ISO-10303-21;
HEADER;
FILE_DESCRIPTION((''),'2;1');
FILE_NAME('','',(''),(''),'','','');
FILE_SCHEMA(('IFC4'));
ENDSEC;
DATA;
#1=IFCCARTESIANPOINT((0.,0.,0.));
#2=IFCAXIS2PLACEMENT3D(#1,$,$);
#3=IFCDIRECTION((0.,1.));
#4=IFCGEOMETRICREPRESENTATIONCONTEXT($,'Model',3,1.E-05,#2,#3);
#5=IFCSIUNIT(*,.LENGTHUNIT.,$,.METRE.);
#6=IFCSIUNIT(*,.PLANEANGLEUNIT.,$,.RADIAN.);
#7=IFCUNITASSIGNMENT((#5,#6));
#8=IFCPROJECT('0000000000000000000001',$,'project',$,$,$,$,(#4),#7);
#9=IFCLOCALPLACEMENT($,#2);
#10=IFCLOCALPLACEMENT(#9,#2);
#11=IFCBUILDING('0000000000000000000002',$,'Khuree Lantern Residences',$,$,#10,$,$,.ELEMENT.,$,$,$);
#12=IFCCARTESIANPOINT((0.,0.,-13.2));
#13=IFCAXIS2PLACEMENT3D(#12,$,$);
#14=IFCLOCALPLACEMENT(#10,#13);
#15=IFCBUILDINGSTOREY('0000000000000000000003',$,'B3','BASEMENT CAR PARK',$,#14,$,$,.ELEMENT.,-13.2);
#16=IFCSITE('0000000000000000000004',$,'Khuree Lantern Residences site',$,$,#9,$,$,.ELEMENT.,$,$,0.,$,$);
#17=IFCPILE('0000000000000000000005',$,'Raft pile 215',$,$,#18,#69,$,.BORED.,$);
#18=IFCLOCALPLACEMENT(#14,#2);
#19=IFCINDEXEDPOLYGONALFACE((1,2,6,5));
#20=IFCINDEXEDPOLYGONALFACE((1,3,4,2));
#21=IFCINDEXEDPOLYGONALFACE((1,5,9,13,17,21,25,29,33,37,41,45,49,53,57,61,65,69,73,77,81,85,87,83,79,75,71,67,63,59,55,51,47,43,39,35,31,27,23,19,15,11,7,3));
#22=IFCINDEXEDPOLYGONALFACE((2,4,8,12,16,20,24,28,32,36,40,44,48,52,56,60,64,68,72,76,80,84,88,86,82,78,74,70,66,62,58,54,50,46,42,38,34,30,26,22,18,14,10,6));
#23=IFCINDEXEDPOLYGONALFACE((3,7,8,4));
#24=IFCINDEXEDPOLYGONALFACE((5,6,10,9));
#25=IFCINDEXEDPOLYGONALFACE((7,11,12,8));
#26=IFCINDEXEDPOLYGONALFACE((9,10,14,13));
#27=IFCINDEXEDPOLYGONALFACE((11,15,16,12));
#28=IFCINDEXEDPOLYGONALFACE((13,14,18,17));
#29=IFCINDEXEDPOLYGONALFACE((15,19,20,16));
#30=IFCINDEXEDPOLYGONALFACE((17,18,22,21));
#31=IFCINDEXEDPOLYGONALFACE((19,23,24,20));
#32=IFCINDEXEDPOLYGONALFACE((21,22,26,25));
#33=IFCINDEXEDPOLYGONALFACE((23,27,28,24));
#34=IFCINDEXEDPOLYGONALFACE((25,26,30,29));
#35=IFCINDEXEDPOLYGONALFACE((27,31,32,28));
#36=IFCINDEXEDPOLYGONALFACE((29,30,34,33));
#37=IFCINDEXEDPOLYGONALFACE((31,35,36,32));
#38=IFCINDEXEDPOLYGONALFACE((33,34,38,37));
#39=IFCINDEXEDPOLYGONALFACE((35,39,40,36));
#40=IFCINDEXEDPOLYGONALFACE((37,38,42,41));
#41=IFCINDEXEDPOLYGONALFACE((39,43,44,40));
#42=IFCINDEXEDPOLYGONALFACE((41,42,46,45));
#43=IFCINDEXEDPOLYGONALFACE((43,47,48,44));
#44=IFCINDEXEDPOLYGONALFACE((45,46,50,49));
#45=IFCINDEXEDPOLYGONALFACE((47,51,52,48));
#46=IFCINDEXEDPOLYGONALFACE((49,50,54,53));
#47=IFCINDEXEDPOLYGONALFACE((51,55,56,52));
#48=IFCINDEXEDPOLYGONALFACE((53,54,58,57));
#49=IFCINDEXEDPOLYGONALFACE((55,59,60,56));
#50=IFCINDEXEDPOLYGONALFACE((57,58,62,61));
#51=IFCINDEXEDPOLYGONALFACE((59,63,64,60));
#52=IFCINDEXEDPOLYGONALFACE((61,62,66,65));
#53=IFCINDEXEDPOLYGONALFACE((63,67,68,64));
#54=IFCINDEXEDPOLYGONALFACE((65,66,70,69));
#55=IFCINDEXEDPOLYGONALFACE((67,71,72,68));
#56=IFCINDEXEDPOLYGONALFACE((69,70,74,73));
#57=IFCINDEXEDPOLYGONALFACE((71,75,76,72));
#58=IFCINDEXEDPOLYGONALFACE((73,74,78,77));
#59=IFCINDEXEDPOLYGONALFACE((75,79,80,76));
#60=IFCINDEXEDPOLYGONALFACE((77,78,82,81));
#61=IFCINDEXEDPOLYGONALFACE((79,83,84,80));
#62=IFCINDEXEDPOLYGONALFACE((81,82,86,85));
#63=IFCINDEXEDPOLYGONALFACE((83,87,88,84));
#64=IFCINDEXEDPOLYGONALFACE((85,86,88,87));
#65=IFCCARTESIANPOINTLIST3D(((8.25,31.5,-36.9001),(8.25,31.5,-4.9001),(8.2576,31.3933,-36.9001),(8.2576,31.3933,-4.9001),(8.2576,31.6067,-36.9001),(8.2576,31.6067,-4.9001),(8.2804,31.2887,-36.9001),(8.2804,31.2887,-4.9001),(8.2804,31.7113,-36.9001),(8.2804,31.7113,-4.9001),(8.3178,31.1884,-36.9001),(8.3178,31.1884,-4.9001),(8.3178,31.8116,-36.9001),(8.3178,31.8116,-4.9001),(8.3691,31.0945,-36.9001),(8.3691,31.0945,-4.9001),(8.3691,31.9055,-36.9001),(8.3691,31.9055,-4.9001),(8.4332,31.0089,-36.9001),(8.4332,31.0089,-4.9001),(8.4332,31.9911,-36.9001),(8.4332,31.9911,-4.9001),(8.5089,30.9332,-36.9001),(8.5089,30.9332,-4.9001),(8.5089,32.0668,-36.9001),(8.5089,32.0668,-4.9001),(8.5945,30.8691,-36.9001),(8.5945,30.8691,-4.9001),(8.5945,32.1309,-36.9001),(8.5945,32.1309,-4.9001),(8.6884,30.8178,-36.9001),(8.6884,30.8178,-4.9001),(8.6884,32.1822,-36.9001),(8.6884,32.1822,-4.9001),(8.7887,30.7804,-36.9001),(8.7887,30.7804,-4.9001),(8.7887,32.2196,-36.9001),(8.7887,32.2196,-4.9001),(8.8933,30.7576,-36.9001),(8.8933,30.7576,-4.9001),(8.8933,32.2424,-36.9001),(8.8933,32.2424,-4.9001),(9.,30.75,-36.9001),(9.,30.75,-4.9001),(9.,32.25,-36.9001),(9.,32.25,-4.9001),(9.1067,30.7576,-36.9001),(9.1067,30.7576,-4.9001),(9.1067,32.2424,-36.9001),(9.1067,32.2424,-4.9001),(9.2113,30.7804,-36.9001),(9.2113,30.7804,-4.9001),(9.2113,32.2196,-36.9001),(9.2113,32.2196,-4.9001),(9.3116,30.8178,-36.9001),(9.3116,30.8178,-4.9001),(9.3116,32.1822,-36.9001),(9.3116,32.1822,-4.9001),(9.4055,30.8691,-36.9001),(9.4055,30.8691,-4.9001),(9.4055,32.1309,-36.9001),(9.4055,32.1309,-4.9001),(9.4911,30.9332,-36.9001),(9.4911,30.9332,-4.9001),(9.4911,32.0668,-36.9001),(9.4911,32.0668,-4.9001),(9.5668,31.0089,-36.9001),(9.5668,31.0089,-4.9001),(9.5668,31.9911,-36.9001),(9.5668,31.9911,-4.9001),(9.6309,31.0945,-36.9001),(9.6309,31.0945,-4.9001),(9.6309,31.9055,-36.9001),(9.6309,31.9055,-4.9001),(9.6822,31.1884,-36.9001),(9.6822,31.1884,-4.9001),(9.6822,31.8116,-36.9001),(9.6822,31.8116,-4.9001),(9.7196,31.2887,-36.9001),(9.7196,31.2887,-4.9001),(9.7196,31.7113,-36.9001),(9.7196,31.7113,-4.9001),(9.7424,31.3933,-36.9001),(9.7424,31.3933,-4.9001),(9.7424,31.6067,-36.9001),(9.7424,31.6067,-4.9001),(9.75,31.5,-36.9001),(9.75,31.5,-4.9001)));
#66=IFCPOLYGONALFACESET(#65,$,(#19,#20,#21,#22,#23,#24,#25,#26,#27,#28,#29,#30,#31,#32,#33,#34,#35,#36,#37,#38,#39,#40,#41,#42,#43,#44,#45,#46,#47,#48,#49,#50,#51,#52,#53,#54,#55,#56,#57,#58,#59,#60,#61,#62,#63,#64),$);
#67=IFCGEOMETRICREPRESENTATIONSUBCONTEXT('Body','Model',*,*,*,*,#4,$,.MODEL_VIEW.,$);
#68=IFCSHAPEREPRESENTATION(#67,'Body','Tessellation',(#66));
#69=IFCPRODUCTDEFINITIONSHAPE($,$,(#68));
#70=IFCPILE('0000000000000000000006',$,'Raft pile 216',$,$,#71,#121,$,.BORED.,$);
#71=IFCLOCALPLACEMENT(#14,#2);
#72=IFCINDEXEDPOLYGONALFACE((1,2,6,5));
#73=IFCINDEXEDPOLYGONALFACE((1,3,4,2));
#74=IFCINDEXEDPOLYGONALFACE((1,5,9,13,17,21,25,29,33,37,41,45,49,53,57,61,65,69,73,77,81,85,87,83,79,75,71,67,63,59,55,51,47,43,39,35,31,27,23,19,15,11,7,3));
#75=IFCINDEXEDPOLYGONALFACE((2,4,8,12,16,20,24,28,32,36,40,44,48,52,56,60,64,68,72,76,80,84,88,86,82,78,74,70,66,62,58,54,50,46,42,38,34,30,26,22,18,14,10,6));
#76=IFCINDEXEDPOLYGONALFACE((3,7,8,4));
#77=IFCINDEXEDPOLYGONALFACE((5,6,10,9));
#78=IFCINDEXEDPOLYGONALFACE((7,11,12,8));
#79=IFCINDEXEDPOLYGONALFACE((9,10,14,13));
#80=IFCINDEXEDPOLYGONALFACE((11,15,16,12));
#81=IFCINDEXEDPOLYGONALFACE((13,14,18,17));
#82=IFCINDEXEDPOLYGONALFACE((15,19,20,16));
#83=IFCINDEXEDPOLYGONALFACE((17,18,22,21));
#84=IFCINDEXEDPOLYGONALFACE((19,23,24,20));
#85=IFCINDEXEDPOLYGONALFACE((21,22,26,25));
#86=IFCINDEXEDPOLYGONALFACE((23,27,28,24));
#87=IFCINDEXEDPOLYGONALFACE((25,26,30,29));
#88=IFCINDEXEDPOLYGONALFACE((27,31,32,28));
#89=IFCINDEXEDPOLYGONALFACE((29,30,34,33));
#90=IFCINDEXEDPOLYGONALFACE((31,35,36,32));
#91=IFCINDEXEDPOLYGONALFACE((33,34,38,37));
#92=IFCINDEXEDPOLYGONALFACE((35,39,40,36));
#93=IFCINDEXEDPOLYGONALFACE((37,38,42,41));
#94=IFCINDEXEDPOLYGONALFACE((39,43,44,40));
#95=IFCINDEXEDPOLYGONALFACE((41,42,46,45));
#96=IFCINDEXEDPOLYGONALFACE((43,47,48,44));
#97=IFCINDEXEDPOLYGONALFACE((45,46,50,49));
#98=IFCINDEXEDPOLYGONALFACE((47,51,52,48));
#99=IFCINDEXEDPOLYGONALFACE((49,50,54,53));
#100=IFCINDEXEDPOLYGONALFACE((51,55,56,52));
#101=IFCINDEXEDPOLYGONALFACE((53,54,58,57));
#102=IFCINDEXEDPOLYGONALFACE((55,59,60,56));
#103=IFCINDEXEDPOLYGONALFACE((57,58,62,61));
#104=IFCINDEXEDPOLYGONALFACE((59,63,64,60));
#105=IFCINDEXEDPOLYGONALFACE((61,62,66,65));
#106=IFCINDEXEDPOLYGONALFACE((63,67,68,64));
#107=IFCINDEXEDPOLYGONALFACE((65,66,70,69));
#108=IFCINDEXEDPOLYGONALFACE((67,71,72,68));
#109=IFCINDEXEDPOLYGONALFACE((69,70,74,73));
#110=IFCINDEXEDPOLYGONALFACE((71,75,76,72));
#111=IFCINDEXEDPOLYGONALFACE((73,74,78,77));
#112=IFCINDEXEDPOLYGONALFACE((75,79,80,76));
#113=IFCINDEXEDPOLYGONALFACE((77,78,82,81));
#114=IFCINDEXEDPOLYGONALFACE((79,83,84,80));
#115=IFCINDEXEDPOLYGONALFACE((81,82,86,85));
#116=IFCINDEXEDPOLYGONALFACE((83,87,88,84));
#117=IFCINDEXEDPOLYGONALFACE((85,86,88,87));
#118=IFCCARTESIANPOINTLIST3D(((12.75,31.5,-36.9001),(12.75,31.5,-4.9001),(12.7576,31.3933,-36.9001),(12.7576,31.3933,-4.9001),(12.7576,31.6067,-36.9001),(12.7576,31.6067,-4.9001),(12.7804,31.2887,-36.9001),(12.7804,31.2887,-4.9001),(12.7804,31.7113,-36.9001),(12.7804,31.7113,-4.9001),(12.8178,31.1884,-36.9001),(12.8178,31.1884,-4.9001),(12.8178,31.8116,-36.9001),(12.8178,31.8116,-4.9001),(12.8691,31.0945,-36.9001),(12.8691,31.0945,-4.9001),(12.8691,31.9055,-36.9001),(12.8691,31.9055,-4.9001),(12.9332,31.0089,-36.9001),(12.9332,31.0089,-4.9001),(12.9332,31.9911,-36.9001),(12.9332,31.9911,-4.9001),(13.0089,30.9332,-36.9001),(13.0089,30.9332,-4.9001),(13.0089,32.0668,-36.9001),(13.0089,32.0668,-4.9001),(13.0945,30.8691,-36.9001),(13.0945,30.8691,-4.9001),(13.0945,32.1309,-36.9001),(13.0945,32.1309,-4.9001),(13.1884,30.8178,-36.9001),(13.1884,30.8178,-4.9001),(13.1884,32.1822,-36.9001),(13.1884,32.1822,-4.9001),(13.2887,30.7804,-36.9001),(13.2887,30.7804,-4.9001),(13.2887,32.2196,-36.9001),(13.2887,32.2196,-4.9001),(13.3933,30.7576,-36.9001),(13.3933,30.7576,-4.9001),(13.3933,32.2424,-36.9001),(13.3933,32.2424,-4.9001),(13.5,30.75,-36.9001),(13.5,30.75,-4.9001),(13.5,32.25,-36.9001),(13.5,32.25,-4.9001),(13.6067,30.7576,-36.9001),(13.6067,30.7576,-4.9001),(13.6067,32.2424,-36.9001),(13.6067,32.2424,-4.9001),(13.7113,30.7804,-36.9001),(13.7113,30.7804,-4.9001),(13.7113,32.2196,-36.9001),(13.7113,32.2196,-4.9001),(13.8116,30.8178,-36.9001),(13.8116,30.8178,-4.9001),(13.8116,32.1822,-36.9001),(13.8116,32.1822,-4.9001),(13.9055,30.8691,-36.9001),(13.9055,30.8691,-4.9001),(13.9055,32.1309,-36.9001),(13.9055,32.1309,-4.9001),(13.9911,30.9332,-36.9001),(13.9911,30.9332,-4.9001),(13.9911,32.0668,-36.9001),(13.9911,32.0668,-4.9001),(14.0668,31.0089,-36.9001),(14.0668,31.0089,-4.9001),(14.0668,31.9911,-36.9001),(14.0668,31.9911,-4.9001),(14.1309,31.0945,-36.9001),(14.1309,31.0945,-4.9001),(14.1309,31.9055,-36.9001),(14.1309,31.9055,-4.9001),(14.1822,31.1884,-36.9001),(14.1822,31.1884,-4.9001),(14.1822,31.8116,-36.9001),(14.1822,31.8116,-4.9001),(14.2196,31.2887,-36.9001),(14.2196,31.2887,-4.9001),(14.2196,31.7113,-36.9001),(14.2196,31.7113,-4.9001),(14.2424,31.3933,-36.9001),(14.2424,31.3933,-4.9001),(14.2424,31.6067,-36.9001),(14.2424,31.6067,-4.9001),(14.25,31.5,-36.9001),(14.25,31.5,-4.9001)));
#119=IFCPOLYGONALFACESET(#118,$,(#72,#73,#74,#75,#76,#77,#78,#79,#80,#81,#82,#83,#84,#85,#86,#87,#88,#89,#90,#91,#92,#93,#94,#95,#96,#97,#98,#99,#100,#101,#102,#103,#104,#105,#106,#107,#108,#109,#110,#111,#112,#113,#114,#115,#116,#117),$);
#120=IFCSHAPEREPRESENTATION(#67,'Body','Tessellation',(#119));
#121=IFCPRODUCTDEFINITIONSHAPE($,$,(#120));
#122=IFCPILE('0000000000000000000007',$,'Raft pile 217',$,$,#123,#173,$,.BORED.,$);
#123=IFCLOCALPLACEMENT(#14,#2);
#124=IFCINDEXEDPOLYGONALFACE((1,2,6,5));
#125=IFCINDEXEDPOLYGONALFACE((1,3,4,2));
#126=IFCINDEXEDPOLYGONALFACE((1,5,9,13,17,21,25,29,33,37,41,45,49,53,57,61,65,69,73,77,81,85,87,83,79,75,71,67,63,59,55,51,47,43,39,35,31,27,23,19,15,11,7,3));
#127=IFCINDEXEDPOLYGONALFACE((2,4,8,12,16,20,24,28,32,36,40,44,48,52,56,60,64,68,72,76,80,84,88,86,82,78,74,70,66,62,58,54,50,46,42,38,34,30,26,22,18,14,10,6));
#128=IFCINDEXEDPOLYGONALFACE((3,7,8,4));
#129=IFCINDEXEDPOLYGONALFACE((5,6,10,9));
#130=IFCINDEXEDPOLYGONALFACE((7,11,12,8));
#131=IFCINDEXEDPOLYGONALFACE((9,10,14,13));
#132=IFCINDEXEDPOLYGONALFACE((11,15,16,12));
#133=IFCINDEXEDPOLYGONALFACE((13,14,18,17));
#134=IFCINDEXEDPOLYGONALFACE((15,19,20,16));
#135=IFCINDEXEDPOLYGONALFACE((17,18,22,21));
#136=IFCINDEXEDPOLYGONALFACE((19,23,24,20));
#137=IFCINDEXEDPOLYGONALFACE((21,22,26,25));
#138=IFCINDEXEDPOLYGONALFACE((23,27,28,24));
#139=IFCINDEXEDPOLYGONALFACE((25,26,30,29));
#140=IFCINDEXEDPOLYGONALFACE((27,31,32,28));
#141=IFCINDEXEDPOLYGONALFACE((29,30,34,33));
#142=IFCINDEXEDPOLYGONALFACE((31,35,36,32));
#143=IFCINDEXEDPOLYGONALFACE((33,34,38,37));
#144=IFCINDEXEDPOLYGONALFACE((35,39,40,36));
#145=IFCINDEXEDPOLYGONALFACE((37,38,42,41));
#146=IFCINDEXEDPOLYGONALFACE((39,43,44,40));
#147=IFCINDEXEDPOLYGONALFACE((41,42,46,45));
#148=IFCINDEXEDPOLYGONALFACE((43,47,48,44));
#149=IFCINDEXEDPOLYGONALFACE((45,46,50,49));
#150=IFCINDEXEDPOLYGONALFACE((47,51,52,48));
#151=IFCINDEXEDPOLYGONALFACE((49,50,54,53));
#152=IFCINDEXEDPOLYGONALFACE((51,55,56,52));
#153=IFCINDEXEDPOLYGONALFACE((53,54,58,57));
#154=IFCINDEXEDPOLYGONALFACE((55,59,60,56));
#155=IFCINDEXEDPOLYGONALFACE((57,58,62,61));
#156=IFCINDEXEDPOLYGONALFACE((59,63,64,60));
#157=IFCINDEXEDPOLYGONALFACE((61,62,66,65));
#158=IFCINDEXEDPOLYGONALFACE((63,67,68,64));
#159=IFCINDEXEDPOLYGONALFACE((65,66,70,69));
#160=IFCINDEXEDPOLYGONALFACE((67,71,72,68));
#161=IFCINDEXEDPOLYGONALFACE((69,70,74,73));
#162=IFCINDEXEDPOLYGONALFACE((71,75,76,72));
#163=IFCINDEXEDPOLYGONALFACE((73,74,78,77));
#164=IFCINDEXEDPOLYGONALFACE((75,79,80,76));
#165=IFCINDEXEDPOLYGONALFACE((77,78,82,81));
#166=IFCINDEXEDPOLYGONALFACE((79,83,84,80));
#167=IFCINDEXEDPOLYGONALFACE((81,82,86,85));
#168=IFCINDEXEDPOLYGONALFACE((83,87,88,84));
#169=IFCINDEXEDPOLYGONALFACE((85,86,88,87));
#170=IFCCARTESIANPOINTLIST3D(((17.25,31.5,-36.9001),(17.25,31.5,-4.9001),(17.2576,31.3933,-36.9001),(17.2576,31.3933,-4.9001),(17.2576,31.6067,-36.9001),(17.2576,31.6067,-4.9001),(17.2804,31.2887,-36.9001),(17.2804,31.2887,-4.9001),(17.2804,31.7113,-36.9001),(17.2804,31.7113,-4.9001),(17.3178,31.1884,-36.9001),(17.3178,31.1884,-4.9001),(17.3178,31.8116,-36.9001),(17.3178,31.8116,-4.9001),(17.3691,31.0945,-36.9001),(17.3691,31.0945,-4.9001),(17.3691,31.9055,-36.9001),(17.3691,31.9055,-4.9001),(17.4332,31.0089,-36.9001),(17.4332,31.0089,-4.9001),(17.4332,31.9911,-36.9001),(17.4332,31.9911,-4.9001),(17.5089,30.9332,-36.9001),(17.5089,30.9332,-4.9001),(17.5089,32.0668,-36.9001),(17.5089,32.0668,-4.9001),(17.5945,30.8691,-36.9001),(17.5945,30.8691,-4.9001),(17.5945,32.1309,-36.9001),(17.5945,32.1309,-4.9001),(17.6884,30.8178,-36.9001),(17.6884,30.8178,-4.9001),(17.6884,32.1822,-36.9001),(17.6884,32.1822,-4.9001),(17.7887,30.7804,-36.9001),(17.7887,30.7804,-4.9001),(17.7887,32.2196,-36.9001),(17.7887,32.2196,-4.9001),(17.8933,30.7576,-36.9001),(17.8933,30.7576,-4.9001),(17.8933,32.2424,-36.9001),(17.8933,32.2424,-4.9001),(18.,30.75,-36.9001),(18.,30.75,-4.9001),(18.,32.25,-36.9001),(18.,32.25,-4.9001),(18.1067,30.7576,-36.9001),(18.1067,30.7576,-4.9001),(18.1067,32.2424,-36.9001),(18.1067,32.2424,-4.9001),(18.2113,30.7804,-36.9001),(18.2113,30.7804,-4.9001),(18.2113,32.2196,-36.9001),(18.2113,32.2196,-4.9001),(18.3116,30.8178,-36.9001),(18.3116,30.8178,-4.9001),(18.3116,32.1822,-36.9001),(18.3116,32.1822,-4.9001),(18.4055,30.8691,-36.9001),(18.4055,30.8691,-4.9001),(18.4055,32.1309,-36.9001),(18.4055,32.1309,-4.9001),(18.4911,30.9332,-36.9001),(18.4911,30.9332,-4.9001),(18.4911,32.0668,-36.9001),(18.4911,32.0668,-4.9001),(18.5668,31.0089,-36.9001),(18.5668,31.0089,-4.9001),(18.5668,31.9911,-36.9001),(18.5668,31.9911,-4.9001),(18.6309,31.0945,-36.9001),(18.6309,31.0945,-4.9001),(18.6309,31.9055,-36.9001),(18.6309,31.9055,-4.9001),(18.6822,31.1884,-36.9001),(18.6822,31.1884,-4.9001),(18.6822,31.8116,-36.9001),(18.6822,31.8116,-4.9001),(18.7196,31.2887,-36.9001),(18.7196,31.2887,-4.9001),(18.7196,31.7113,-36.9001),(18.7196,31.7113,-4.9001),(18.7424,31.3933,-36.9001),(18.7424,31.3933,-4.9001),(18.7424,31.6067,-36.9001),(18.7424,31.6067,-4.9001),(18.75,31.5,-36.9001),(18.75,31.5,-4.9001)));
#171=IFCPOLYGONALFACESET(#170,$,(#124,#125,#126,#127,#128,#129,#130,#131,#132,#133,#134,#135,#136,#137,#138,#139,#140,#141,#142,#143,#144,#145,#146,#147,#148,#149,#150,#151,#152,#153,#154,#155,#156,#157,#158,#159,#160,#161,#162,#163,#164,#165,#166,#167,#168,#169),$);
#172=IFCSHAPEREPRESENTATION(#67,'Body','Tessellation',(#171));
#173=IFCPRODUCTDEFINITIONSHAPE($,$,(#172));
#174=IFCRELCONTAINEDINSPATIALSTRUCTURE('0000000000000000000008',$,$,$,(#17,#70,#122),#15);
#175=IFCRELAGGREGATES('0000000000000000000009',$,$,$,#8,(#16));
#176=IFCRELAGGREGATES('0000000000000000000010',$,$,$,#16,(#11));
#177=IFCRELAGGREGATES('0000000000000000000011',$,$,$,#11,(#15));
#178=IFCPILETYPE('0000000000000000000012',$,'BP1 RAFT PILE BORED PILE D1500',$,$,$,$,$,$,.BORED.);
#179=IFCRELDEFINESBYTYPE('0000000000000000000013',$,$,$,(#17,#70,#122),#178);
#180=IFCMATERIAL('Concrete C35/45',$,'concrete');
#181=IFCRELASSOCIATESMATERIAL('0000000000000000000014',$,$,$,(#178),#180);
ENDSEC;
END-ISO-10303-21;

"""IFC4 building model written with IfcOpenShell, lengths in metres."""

from ifc_helpers import new_model, si_unit, direction, frame, origin, origin_2d, place, context, subcontext, project, spatial, circle, extrude, material, material_profile, profile_set, type_object, element, save


model = new_model("IFC4")

# Units and contexts
model_context = context("Model", 3, precision=1e-05, world=origin(), true_north=direction((0.0, 1.0)))
body_context = subcontext(model_context, "Body", "Model", "MODEL_VIEW")
ifc_project = project(units=[si_unit("LENGTHUNIT", "METRE"), si_unit("PLANEANGLEUNIT", "RADIAN")], contexts=[model_context])

# Site, building, storey
site_placement = place(None, origin())
site = spatial("IfcSite", under=ifc_project, at=site_placement, Name="Khuree Lantern Residences site", CompositionType="ELEMENT", RefElevation=0.0)
building_placement = place(site_placement, origin())
building = spatial("IfcBuilding", under=site, at=building_placement, Name="Khuree Lantern Residences", CompositionType="ELEMENT")
storey_placement = place(building_placement, frame((0.0, 0.0, -13.2)))
storey = spatial("IfcBuildingStorey", under=building, at=storey_placement, Name="B3", Description="BASEMENT CAR PARK", CompositionType="ELEMENT", Elevation=-13.2)

# Piles
ifc_material_1 = material(Name="Concrete C35/45", Category="concrete")
ifc_material_profile_1 = material_profile(ifc_material_1, circle(Radius=0.75, at=origin_2d()), Name="BORED PILE D1500")
ifc_profile_set_1 = profile_set([ifc_material_profile_1], Name="Concrete C35/45")
pile_type_1 = type_object("IfcPileType", Name="BP1 RAFT PILE BORED PILE D1500", PredefinedType="BORED", material=ifc_profile_set_1)
for number, where, z_axis, x_axis, name in (
    (1, (9.0, 31.5, -4.9001), (0.0, 0.0, -1.0), (1.0, 0.0, 0.0), "Raft pile 215"),
    (2, (13.5, 31.5, -4.9001), (0.0, 0.0, -1.0), (1.0, 0.0, 0.0), "Raft pile 216"),
    (3, (18.0, 31.5, -4.9001), (0.0, 0.0, -1.0), (1.0, 0.0, 0.0), "Raft pile 217"),
):
    element("IfcPile", number, at=place(storey_placement, frame(where, z_axis=z_axis, x_axis=x_axis)), inside=storey, type_object=pile_type_1, Name=name, PredefinedType="BORED", context=body_context, shape_type="SweptSolid", body=[
        extrude(circle(Radius=0.75, at=origin_2d()), origin(), (0.0, 0.0, 1.0), 32.0),
    ])

save(model, "model.ifc")
